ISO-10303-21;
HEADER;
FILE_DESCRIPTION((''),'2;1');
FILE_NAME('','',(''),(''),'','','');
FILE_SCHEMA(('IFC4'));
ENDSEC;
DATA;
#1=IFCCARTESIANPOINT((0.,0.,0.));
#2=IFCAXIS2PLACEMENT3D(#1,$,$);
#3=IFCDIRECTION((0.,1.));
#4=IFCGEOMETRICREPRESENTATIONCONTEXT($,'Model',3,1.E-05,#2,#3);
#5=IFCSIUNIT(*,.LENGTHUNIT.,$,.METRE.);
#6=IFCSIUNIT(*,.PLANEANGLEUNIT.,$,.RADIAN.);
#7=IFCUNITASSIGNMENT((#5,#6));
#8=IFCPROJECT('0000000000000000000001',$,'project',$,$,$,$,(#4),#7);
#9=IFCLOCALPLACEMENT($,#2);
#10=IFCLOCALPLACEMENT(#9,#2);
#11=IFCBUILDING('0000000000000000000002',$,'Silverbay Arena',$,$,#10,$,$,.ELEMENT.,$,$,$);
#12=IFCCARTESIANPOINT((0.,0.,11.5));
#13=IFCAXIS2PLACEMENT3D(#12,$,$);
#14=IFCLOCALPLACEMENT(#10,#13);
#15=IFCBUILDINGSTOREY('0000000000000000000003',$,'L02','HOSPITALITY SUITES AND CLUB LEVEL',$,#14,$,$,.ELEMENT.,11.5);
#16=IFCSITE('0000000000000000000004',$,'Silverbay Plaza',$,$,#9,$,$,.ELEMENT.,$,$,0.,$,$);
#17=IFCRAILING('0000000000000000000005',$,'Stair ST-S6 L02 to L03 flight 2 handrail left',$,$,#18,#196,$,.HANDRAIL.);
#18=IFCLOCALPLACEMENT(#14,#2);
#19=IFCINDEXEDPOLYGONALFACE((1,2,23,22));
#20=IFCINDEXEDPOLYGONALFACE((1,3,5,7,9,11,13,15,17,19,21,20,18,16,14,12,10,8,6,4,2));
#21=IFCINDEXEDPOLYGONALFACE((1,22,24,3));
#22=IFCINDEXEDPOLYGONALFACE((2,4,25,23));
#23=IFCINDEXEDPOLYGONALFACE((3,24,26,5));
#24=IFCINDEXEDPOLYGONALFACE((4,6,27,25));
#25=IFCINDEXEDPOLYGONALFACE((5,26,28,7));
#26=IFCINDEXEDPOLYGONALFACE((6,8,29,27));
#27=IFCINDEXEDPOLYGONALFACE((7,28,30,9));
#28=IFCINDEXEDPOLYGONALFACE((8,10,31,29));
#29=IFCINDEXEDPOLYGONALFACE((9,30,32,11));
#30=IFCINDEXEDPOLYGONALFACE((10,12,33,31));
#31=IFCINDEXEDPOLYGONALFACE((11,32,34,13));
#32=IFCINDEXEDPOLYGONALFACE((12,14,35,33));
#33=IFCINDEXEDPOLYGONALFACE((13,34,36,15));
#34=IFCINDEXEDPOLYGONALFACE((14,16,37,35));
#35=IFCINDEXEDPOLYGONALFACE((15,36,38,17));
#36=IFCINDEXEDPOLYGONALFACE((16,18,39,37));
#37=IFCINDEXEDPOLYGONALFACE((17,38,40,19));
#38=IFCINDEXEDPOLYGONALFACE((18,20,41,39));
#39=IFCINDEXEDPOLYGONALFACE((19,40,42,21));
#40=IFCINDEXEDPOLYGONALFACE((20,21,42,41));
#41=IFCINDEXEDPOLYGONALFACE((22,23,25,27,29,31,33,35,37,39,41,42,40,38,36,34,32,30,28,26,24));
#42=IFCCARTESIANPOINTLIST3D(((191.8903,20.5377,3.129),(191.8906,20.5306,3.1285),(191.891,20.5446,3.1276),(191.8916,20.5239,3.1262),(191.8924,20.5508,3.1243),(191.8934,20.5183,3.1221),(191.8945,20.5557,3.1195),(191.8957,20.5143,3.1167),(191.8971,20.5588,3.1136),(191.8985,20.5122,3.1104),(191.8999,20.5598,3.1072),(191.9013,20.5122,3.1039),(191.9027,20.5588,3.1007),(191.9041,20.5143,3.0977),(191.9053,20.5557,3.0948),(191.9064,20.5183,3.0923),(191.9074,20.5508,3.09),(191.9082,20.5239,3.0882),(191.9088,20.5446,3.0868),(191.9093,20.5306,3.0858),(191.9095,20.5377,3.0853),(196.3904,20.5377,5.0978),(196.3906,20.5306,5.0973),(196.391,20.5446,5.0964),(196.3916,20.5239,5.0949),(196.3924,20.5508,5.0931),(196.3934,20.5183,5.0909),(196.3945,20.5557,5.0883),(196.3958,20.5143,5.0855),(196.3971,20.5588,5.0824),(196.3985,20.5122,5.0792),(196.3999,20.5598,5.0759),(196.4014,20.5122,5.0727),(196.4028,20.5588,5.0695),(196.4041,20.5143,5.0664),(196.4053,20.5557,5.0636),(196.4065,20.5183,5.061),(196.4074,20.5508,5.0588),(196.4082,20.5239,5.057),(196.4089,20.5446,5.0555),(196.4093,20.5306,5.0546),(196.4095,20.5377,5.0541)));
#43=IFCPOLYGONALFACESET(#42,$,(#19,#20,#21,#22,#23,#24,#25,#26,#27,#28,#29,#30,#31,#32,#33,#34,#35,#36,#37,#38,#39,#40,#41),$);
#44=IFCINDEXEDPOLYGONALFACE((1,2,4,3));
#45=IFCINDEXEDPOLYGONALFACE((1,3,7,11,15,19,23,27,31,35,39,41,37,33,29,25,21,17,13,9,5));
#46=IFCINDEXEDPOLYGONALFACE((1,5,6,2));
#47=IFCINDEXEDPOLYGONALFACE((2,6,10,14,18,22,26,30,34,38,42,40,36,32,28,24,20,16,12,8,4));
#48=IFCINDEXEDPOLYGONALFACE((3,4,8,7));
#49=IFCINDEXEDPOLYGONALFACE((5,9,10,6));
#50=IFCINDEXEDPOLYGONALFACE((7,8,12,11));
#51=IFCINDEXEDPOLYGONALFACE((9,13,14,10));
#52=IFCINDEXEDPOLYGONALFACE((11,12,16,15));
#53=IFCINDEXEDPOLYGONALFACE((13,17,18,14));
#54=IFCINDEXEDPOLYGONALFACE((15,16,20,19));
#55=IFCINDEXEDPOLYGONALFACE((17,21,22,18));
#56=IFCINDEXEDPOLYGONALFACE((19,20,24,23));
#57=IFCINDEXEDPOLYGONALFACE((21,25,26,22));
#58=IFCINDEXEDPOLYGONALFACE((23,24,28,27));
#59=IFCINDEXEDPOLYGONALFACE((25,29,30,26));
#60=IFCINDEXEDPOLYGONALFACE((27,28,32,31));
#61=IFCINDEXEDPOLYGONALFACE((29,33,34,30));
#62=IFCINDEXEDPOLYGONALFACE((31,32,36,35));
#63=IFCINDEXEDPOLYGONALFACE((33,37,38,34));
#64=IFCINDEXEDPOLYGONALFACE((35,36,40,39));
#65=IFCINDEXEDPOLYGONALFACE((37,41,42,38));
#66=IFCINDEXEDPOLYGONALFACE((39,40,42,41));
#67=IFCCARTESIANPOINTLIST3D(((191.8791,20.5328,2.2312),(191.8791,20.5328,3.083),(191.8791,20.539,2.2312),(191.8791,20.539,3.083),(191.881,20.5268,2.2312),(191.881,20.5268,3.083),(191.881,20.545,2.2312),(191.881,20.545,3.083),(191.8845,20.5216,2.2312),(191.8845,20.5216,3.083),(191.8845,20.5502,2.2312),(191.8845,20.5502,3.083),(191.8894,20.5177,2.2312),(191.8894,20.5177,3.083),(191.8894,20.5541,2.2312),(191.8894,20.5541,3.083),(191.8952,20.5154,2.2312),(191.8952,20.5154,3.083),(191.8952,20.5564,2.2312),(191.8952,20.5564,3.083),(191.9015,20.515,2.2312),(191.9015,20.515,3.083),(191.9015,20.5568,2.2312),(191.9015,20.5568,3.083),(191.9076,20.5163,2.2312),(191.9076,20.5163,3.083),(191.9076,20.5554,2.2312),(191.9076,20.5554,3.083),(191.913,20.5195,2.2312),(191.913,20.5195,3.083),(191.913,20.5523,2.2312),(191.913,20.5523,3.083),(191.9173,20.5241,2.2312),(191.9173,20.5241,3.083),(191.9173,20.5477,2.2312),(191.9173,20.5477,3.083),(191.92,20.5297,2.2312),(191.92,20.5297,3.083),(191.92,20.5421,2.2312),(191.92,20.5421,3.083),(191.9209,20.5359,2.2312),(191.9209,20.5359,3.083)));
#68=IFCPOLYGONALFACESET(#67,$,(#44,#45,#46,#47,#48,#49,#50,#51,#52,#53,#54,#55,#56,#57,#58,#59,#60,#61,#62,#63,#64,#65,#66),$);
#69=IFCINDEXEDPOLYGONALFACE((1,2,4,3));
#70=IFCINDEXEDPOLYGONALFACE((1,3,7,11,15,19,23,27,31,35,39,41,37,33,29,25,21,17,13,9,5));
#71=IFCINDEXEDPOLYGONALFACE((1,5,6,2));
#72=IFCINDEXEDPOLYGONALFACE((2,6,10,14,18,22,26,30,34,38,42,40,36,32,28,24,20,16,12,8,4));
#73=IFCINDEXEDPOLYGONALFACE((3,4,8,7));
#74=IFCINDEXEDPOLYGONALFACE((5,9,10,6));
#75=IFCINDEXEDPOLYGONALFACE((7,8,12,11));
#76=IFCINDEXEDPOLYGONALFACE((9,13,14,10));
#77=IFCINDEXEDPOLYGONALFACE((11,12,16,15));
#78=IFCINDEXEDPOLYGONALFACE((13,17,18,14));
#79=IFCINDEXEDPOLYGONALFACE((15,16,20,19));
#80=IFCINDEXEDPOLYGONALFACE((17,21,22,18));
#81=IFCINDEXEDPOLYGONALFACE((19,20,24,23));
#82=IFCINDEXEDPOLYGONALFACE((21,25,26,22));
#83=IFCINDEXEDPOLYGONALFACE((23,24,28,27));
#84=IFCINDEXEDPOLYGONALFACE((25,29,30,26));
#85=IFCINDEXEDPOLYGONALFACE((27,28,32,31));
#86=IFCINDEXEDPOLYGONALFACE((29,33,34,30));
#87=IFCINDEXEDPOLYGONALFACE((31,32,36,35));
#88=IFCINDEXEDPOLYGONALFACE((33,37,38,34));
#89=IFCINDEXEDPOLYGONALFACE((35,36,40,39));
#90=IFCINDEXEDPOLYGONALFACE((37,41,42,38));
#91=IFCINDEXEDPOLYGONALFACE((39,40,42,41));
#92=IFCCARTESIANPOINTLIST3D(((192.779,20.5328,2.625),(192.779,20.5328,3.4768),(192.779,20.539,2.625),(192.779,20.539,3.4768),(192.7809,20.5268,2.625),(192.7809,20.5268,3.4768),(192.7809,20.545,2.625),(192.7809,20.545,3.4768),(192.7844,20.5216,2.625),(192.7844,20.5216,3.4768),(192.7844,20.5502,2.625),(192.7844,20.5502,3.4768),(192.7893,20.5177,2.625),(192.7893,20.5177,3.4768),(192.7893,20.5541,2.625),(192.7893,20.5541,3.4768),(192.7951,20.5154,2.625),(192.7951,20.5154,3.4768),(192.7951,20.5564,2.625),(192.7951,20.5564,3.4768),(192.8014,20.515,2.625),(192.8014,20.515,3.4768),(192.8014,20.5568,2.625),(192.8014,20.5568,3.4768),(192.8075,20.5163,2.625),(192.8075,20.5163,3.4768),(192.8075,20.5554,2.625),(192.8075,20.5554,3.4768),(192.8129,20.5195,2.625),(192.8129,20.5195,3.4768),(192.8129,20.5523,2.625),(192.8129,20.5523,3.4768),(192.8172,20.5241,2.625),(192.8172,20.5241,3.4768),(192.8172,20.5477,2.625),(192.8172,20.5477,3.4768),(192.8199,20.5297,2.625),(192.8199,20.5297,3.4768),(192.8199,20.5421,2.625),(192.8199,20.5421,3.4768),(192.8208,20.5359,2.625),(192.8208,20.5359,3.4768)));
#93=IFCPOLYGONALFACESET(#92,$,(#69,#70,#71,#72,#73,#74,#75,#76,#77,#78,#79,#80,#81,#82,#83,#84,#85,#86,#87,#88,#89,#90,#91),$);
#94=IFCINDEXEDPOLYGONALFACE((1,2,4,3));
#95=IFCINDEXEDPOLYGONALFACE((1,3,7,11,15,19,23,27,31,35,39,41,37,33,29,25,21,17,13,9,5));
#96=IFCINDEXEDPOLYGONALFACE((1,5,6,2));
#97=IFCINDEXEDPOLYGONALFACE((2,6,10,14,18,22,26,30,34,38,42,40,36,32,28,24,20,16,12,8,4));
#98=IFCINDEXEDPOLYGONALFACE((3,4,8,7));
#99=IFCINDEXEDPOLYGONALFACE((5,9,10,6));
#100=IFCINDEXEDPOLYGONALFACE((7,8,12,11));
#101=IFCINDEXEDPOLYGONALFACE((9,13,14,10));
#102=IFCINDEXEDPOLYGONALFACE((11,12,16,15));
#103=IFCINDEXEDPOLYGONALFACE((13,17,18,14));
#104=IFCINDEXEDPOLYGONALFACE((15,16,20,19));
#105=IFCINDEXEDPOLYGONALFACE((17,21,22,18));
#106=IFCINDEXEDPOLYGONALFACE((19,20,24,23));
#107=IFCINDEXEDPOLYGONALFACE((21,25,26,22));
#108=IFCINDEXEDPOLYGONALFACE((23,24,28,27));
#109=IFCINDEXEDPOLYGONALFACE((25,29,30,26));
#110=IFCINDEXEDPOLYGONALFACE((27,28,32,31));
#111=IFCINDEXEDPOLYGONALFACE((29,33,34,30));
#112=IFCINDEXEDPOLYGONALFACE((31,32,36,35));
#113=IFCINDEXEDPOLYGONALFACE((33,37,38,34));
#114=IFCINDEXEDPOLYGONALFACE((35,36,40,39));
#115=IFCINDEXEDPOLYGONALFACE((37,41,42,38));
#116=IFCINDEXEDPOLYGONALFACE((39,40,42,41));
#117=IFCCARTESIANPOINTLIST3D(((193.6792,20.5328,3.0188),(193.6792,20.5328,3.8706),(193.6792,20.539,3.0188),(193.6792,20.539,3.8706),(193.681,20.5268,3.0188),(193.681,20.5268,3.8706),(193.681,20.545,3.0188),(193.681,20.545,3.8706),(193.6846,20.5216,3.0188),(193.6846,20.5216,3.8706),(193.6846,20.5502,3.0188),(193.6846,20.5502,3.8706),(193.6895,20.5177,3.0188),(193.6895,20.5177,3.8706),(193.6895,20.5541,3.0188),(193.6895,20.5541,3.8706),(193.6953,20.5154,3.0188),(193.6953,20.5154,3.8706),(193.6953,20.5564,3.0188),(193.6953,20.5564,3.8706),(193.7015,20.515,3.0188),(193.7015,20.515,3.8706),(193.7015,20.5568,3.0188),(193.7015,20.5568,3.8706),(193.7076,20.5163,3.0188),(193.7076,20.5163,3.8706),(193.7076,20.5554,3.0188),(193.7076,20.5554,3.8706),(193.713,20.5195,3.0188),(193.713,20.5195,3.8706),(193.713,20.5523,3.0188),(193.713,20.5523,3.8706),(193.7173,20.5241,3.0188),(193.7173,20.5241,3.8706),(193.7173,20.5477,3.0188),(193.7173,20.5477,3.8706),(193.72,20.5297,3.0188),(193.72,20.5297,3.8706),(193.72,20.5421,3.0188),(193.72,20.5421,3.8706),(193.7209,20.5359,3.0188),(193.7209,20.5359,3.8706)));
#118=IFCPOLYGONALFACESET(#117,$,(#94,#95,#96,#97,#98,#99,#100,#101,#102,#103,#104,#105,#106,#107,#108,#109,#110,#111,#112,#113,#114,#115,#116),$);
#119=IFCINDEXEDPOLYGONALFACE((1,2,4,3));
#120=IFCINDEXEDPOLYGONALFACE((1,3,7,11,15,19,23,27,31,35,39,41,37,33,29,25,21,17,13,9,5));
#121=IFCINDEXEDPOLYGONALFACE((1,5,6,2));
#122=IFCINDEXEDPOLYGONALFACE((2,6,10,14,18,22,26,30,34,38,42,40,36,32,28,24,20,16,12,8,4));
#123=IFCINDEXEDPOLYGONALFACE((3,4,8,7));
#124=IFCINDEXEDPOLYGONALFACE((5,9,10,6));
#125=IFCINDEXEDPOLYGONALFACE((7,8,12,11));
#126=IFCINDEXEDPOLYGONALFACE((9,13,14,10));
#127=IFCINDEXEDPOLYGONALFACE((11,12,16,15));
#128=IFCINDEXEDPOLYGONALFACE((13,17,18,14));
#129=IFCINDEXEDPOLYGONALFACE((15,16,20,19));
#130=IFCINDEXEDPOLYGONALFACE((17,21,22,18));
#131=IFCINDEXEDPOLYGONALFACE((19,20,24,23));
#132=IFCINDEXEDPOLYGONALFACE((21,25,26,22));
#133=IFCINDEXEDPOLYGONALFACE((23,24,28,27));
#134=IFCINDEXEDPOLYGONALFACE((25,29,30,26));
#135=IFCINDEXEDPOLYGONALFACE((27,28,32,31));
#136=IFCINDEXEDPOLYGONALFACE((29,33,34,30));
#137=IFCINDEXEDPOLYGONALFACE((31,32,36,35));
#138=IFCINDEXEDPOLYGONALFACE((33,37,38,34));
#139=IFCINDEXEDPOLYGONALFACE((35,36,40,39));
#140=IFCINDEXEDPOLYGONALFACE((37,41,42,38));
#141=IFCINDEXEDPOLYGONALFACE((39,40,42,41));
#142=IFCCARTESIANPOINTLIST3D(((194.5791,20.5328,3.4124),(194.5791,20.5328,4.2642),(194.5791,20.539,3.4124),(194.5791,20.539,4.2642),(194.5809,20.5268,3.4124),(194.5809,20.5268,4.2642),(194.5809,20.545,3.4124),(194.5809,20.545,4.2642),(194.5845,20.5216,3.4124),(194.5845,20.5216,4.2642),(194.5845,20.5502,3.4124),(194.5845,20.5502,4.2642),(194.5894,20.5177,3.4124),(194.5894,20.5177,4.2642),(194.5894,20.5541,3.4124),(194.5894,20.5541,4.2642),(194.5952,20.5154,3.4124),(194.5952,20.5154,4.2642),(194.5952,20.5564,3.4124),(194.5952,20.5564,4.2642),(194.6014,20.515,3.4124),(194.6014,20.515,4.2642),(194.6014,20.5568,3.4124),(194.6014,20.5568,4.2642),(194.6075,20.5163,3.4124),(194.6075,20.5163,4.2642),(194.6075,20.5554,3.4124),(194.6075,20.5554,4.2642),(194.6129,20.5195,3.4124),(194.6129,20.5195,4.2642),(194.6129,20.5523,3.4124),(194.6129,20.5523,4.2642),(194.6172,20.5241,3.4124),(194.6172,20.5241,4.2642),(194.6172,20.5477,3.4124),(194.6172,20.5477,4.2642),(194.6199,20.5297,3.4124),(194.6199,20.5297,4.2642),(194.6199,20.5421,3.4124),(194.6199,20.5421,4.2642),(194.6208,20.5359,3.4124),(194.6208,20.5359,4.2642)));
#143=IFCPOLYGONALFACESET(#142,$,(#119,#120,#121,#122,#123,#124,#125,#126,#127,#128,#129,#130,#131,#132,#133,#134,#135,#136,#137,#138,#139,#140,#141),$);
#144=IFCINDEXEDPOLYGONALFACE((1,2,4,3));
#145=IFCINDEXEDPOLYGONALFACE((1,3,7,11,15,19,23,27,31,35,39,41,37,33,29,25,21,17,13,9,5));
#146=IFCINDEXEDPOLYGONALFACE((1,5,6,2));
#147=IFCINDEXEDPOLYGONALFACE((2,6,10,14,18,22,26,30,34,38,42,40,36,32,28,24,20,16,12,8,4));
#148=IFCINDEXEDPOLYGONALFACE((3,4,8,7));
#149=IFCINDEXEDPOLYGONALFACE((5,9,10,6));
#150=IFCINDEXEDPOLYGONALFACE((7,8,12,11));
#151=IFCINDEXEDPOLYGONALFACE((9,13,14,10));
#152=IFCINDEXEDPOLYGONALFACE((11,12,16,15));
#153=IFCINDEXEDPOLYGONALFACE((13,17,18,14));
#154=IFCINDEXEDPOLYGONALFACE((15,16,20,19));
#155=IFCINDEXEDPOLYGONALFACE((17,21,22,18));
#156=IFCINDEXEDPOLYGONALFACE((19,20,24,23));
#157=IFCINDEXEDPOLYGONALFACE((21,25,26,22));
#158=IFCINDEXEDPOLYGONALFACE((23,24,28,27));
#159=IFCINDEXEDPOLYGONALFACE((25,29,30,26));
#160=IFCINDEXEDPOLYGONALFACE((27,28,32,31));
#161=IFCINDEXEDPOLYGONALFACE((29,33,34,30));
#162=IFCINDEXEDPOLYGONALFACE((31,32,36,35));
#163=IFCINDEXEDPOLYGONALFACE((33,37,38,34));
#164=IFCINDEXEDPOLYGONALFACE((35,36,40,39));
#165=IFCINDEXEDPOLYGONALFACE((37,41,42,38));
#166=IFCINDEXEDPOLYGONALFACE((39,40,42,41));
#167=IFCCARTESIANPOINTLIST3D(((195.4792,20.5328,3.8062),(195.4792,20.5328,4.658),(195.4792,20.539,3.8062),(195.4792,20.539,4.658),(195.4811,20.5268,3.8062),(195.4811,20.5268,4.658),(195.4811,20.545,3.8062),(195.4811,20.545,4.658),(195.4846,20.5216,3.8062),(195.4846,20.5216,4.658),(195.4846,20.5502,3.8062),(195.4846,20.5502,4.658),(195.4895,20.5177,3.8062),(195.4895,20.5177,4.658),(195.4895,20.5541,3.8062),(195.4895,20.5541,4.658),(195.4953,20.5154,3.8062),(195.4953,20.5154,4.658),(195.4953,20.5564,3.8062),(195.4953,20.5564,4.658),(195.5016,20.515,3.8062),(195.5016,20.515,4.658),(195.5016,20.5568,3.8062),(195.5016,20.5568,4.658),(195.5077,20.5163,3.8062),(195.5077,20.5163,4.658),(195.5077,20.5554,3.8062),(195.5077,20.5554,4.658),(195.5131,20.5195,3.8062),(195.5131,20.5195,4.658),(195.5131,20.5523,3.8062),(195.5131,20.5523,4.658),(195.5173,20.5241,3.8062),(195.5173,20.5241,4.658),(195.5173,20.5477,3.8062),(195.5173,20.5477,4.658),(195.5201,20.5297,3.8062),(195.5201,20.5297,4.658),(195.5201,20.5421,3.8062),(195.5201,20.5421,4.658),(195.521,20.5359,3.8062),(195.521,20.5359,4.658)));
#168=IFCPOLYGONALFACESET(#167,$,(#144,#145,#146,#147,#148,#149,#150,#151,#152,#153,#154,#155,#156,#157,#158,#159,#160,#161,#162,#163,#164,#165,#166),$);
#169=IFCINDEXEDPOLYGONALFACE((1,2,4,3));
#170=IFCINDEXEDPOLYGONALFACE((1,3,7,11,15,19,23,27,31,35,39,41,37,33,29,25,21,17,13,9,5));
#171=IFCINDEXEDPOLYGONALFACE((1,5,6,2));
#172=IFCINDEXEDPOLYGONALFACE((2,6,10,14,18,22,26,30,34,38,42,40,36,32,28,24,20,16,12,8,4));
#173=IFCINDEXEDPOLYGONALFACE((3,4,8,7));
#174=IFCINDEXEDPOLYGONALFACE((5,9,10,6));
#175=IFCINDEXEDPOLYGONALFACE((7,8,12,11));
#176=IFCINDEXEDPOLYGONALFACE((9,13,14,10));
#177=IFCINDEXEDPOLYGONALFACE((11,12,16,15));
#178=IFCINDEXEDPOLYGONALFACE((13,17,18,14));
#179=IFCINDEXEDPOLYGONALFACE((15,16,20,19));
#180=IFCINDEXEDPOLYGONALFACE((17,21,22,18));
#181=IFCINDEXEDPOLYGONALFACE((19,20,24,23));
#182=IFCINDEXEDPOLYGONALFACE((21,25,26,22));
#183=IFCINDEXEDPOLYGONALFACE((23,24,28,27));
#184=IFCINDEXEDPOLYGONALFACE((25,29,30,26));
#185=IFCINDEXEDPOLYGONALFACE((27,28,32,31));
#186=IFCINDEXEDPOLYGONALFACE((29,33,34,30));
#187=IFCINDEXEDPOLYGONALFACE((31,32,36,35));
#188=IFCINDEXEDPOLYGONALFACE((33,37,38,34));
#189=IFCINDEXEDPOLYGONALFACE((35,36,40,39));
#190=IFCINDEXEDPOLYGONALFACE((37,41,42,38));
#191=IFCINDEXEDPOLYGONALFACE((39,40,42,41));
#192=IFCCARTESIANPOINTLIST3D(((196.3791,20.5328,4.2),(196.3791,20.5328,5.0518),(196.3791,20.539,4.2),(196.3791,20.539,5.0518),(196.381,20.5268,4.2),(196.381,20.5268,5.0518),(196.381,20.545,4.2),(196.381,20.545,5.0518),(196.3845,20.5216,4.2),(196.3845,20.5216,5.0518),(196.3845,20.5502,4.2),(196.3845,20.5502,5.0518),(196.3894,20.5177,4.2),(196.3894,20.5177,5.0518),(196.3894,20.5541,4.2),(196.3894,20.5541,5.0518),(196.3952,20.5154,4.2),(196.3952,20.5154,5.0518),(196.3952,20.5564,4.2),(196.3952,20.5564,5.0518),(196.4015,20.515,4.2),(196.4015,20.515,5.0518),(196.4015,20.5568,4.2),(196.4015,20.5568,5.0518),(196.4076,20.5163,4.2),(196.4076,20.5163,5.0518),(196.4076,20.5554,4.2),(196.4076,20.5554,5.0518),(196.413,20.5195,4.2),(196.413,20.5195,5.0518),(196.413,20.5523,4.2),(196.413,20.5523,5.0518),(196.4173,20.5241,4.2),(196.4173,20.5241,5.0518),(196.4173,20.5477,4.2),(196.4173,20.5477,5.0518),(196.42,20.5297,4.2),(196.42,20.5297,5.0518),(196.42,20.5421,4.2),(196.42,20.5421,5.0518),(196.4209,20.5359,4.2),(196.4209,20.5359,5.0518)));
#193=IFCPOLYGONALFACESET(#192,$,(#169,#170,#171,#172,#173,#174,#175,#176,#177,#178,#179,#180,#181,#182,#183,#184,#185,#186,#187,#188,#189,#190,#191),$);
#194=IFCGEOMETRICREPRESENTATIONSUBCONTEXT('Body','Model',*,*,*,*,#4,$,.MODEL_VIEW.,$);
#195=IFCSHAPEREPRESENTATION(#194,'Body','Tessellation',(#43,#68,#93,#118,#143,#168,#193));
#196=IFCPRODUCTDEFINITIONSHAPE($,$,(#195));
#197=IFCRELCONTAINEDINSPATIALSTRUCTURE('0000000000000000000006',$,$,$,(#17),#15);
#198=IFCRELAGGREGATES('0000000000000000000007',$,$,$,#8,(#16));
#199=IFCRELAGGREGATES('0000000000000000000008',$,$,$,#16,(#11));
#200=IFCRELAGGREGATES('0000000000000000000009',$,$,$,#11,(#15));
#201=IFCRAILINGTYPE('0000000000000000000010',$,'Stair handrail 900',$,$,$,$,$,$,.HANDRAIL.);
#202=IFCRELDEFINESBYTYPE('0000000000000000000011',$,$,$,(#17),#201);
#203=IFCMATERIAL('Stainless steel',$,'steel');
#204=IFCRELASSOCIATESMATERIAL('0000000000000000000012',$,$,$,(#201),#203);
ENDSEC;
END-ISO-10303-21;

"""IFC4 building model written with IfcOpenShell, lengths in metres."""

from ifc_helpers import new_model, si_unit, direction, frame, origin, origin_2d, place, context, subcontext, project, spatial, circle, extrude, material, type_object, element, save


model = new_model("IFC4")

# Units and contexts
model_context = context("Model", 3, precision=1e-05, world=origin(), true_north=direction((0.0, 1.0)))
body_context = subcontext(model_context, "Body", "Model", "MODEL_VIEW")
ifc_project = project(units=[si_unit("LENGTHUNIT", "METRE"), si_unit("PLANEANGLEUNIT", "RADIAN")], contexts=[model_context])

# Site, building, storey
site_placement = place(None, origin())
site = spatial("IfcSite", under=ifc_project, at=site_placement, Name="Silverbay Plaza", CompositionType="ELEMENT", RefElevation=0.0)
building_placement = place(site_placement, origin())
building = spatial("IfcBuilding", under=site, at=building_placement, Name="Silverbay Arena", CompositionType="ELEMENT")
storey_placement = place(building_placement, frame((0.0, 0.0, 11.5)))
storey = spatial("IfcBuildingStorey", under=building, at=storey_placement, Name="L02", Description="HOSPITALITY SUITES AND CLUB LEVEL", CompositionType="ELEMENT", Elevation=11.5)

# Railing
ifc_material_1 = material(Name="Stainless steel", Category="steel")
railing_type_1 = type_object("IfcRailingType", Name="Stair handrail 900", PredefinedType="HANDRAIL", material=ifc_material_1)
for number, where, name in (
    (1, (191.8999, 20.5359, 2.2312), "Stair ST-S6 L02 to L03 flight 2 handrail left"),
):
    element("IfcRailing", number, at=place(storey_placement, frame(where)), inside=storey, type_object=railing_type_1, Name=name, PredefinedType="HANDRAIL", context=body_context, shape_type="SweptSolid", body=[
        extrude(circle(Radius=0.0239, at=origin_2d()), frame((0.0, 0.0, 0.876), z_axis=(0.916157, 0.0, 0.400819), x_axis=(0.0, 1.0, 0.0)), (0.0, 0.0, 1.0), 4.9119),
        extrude(circle(Radius=0.021, at=origin_2d()), origin(), (0.0, 0.0, 1.0), 0.8518),
        extrude(circle(Radius=0.021, at=origin_2d()), frame((0.8999, 0.0, 0.3938)), (0.0, 0.0, 1.0), 0.8518),
        extrude(circle(Radius=0.021, at=origin_2d()), frame((1.8, 0.0, 0.7876)), (0.0, 0.0, 1.0), 0.8518),
        extrude(circle(Radius=0.021, at=origin_2d()), frame((2.7, 0.0, 1.1812)), (0.0, 0.0, 1.0), 0.8518),
        extrude(circle(Radius=0.021, at=origin_2d()), frame((3.6001, 0.0, 1.575)), (0.0, 0.0, 1.0), 0.8518),
        extrude(circle(Radius=0.021, at=origin_2d()), frame((4.5, 0.0, 1.9688)), (0.0, 0.0, 1.0), 0.8518),
    ])

save(model, "model.ifc")
